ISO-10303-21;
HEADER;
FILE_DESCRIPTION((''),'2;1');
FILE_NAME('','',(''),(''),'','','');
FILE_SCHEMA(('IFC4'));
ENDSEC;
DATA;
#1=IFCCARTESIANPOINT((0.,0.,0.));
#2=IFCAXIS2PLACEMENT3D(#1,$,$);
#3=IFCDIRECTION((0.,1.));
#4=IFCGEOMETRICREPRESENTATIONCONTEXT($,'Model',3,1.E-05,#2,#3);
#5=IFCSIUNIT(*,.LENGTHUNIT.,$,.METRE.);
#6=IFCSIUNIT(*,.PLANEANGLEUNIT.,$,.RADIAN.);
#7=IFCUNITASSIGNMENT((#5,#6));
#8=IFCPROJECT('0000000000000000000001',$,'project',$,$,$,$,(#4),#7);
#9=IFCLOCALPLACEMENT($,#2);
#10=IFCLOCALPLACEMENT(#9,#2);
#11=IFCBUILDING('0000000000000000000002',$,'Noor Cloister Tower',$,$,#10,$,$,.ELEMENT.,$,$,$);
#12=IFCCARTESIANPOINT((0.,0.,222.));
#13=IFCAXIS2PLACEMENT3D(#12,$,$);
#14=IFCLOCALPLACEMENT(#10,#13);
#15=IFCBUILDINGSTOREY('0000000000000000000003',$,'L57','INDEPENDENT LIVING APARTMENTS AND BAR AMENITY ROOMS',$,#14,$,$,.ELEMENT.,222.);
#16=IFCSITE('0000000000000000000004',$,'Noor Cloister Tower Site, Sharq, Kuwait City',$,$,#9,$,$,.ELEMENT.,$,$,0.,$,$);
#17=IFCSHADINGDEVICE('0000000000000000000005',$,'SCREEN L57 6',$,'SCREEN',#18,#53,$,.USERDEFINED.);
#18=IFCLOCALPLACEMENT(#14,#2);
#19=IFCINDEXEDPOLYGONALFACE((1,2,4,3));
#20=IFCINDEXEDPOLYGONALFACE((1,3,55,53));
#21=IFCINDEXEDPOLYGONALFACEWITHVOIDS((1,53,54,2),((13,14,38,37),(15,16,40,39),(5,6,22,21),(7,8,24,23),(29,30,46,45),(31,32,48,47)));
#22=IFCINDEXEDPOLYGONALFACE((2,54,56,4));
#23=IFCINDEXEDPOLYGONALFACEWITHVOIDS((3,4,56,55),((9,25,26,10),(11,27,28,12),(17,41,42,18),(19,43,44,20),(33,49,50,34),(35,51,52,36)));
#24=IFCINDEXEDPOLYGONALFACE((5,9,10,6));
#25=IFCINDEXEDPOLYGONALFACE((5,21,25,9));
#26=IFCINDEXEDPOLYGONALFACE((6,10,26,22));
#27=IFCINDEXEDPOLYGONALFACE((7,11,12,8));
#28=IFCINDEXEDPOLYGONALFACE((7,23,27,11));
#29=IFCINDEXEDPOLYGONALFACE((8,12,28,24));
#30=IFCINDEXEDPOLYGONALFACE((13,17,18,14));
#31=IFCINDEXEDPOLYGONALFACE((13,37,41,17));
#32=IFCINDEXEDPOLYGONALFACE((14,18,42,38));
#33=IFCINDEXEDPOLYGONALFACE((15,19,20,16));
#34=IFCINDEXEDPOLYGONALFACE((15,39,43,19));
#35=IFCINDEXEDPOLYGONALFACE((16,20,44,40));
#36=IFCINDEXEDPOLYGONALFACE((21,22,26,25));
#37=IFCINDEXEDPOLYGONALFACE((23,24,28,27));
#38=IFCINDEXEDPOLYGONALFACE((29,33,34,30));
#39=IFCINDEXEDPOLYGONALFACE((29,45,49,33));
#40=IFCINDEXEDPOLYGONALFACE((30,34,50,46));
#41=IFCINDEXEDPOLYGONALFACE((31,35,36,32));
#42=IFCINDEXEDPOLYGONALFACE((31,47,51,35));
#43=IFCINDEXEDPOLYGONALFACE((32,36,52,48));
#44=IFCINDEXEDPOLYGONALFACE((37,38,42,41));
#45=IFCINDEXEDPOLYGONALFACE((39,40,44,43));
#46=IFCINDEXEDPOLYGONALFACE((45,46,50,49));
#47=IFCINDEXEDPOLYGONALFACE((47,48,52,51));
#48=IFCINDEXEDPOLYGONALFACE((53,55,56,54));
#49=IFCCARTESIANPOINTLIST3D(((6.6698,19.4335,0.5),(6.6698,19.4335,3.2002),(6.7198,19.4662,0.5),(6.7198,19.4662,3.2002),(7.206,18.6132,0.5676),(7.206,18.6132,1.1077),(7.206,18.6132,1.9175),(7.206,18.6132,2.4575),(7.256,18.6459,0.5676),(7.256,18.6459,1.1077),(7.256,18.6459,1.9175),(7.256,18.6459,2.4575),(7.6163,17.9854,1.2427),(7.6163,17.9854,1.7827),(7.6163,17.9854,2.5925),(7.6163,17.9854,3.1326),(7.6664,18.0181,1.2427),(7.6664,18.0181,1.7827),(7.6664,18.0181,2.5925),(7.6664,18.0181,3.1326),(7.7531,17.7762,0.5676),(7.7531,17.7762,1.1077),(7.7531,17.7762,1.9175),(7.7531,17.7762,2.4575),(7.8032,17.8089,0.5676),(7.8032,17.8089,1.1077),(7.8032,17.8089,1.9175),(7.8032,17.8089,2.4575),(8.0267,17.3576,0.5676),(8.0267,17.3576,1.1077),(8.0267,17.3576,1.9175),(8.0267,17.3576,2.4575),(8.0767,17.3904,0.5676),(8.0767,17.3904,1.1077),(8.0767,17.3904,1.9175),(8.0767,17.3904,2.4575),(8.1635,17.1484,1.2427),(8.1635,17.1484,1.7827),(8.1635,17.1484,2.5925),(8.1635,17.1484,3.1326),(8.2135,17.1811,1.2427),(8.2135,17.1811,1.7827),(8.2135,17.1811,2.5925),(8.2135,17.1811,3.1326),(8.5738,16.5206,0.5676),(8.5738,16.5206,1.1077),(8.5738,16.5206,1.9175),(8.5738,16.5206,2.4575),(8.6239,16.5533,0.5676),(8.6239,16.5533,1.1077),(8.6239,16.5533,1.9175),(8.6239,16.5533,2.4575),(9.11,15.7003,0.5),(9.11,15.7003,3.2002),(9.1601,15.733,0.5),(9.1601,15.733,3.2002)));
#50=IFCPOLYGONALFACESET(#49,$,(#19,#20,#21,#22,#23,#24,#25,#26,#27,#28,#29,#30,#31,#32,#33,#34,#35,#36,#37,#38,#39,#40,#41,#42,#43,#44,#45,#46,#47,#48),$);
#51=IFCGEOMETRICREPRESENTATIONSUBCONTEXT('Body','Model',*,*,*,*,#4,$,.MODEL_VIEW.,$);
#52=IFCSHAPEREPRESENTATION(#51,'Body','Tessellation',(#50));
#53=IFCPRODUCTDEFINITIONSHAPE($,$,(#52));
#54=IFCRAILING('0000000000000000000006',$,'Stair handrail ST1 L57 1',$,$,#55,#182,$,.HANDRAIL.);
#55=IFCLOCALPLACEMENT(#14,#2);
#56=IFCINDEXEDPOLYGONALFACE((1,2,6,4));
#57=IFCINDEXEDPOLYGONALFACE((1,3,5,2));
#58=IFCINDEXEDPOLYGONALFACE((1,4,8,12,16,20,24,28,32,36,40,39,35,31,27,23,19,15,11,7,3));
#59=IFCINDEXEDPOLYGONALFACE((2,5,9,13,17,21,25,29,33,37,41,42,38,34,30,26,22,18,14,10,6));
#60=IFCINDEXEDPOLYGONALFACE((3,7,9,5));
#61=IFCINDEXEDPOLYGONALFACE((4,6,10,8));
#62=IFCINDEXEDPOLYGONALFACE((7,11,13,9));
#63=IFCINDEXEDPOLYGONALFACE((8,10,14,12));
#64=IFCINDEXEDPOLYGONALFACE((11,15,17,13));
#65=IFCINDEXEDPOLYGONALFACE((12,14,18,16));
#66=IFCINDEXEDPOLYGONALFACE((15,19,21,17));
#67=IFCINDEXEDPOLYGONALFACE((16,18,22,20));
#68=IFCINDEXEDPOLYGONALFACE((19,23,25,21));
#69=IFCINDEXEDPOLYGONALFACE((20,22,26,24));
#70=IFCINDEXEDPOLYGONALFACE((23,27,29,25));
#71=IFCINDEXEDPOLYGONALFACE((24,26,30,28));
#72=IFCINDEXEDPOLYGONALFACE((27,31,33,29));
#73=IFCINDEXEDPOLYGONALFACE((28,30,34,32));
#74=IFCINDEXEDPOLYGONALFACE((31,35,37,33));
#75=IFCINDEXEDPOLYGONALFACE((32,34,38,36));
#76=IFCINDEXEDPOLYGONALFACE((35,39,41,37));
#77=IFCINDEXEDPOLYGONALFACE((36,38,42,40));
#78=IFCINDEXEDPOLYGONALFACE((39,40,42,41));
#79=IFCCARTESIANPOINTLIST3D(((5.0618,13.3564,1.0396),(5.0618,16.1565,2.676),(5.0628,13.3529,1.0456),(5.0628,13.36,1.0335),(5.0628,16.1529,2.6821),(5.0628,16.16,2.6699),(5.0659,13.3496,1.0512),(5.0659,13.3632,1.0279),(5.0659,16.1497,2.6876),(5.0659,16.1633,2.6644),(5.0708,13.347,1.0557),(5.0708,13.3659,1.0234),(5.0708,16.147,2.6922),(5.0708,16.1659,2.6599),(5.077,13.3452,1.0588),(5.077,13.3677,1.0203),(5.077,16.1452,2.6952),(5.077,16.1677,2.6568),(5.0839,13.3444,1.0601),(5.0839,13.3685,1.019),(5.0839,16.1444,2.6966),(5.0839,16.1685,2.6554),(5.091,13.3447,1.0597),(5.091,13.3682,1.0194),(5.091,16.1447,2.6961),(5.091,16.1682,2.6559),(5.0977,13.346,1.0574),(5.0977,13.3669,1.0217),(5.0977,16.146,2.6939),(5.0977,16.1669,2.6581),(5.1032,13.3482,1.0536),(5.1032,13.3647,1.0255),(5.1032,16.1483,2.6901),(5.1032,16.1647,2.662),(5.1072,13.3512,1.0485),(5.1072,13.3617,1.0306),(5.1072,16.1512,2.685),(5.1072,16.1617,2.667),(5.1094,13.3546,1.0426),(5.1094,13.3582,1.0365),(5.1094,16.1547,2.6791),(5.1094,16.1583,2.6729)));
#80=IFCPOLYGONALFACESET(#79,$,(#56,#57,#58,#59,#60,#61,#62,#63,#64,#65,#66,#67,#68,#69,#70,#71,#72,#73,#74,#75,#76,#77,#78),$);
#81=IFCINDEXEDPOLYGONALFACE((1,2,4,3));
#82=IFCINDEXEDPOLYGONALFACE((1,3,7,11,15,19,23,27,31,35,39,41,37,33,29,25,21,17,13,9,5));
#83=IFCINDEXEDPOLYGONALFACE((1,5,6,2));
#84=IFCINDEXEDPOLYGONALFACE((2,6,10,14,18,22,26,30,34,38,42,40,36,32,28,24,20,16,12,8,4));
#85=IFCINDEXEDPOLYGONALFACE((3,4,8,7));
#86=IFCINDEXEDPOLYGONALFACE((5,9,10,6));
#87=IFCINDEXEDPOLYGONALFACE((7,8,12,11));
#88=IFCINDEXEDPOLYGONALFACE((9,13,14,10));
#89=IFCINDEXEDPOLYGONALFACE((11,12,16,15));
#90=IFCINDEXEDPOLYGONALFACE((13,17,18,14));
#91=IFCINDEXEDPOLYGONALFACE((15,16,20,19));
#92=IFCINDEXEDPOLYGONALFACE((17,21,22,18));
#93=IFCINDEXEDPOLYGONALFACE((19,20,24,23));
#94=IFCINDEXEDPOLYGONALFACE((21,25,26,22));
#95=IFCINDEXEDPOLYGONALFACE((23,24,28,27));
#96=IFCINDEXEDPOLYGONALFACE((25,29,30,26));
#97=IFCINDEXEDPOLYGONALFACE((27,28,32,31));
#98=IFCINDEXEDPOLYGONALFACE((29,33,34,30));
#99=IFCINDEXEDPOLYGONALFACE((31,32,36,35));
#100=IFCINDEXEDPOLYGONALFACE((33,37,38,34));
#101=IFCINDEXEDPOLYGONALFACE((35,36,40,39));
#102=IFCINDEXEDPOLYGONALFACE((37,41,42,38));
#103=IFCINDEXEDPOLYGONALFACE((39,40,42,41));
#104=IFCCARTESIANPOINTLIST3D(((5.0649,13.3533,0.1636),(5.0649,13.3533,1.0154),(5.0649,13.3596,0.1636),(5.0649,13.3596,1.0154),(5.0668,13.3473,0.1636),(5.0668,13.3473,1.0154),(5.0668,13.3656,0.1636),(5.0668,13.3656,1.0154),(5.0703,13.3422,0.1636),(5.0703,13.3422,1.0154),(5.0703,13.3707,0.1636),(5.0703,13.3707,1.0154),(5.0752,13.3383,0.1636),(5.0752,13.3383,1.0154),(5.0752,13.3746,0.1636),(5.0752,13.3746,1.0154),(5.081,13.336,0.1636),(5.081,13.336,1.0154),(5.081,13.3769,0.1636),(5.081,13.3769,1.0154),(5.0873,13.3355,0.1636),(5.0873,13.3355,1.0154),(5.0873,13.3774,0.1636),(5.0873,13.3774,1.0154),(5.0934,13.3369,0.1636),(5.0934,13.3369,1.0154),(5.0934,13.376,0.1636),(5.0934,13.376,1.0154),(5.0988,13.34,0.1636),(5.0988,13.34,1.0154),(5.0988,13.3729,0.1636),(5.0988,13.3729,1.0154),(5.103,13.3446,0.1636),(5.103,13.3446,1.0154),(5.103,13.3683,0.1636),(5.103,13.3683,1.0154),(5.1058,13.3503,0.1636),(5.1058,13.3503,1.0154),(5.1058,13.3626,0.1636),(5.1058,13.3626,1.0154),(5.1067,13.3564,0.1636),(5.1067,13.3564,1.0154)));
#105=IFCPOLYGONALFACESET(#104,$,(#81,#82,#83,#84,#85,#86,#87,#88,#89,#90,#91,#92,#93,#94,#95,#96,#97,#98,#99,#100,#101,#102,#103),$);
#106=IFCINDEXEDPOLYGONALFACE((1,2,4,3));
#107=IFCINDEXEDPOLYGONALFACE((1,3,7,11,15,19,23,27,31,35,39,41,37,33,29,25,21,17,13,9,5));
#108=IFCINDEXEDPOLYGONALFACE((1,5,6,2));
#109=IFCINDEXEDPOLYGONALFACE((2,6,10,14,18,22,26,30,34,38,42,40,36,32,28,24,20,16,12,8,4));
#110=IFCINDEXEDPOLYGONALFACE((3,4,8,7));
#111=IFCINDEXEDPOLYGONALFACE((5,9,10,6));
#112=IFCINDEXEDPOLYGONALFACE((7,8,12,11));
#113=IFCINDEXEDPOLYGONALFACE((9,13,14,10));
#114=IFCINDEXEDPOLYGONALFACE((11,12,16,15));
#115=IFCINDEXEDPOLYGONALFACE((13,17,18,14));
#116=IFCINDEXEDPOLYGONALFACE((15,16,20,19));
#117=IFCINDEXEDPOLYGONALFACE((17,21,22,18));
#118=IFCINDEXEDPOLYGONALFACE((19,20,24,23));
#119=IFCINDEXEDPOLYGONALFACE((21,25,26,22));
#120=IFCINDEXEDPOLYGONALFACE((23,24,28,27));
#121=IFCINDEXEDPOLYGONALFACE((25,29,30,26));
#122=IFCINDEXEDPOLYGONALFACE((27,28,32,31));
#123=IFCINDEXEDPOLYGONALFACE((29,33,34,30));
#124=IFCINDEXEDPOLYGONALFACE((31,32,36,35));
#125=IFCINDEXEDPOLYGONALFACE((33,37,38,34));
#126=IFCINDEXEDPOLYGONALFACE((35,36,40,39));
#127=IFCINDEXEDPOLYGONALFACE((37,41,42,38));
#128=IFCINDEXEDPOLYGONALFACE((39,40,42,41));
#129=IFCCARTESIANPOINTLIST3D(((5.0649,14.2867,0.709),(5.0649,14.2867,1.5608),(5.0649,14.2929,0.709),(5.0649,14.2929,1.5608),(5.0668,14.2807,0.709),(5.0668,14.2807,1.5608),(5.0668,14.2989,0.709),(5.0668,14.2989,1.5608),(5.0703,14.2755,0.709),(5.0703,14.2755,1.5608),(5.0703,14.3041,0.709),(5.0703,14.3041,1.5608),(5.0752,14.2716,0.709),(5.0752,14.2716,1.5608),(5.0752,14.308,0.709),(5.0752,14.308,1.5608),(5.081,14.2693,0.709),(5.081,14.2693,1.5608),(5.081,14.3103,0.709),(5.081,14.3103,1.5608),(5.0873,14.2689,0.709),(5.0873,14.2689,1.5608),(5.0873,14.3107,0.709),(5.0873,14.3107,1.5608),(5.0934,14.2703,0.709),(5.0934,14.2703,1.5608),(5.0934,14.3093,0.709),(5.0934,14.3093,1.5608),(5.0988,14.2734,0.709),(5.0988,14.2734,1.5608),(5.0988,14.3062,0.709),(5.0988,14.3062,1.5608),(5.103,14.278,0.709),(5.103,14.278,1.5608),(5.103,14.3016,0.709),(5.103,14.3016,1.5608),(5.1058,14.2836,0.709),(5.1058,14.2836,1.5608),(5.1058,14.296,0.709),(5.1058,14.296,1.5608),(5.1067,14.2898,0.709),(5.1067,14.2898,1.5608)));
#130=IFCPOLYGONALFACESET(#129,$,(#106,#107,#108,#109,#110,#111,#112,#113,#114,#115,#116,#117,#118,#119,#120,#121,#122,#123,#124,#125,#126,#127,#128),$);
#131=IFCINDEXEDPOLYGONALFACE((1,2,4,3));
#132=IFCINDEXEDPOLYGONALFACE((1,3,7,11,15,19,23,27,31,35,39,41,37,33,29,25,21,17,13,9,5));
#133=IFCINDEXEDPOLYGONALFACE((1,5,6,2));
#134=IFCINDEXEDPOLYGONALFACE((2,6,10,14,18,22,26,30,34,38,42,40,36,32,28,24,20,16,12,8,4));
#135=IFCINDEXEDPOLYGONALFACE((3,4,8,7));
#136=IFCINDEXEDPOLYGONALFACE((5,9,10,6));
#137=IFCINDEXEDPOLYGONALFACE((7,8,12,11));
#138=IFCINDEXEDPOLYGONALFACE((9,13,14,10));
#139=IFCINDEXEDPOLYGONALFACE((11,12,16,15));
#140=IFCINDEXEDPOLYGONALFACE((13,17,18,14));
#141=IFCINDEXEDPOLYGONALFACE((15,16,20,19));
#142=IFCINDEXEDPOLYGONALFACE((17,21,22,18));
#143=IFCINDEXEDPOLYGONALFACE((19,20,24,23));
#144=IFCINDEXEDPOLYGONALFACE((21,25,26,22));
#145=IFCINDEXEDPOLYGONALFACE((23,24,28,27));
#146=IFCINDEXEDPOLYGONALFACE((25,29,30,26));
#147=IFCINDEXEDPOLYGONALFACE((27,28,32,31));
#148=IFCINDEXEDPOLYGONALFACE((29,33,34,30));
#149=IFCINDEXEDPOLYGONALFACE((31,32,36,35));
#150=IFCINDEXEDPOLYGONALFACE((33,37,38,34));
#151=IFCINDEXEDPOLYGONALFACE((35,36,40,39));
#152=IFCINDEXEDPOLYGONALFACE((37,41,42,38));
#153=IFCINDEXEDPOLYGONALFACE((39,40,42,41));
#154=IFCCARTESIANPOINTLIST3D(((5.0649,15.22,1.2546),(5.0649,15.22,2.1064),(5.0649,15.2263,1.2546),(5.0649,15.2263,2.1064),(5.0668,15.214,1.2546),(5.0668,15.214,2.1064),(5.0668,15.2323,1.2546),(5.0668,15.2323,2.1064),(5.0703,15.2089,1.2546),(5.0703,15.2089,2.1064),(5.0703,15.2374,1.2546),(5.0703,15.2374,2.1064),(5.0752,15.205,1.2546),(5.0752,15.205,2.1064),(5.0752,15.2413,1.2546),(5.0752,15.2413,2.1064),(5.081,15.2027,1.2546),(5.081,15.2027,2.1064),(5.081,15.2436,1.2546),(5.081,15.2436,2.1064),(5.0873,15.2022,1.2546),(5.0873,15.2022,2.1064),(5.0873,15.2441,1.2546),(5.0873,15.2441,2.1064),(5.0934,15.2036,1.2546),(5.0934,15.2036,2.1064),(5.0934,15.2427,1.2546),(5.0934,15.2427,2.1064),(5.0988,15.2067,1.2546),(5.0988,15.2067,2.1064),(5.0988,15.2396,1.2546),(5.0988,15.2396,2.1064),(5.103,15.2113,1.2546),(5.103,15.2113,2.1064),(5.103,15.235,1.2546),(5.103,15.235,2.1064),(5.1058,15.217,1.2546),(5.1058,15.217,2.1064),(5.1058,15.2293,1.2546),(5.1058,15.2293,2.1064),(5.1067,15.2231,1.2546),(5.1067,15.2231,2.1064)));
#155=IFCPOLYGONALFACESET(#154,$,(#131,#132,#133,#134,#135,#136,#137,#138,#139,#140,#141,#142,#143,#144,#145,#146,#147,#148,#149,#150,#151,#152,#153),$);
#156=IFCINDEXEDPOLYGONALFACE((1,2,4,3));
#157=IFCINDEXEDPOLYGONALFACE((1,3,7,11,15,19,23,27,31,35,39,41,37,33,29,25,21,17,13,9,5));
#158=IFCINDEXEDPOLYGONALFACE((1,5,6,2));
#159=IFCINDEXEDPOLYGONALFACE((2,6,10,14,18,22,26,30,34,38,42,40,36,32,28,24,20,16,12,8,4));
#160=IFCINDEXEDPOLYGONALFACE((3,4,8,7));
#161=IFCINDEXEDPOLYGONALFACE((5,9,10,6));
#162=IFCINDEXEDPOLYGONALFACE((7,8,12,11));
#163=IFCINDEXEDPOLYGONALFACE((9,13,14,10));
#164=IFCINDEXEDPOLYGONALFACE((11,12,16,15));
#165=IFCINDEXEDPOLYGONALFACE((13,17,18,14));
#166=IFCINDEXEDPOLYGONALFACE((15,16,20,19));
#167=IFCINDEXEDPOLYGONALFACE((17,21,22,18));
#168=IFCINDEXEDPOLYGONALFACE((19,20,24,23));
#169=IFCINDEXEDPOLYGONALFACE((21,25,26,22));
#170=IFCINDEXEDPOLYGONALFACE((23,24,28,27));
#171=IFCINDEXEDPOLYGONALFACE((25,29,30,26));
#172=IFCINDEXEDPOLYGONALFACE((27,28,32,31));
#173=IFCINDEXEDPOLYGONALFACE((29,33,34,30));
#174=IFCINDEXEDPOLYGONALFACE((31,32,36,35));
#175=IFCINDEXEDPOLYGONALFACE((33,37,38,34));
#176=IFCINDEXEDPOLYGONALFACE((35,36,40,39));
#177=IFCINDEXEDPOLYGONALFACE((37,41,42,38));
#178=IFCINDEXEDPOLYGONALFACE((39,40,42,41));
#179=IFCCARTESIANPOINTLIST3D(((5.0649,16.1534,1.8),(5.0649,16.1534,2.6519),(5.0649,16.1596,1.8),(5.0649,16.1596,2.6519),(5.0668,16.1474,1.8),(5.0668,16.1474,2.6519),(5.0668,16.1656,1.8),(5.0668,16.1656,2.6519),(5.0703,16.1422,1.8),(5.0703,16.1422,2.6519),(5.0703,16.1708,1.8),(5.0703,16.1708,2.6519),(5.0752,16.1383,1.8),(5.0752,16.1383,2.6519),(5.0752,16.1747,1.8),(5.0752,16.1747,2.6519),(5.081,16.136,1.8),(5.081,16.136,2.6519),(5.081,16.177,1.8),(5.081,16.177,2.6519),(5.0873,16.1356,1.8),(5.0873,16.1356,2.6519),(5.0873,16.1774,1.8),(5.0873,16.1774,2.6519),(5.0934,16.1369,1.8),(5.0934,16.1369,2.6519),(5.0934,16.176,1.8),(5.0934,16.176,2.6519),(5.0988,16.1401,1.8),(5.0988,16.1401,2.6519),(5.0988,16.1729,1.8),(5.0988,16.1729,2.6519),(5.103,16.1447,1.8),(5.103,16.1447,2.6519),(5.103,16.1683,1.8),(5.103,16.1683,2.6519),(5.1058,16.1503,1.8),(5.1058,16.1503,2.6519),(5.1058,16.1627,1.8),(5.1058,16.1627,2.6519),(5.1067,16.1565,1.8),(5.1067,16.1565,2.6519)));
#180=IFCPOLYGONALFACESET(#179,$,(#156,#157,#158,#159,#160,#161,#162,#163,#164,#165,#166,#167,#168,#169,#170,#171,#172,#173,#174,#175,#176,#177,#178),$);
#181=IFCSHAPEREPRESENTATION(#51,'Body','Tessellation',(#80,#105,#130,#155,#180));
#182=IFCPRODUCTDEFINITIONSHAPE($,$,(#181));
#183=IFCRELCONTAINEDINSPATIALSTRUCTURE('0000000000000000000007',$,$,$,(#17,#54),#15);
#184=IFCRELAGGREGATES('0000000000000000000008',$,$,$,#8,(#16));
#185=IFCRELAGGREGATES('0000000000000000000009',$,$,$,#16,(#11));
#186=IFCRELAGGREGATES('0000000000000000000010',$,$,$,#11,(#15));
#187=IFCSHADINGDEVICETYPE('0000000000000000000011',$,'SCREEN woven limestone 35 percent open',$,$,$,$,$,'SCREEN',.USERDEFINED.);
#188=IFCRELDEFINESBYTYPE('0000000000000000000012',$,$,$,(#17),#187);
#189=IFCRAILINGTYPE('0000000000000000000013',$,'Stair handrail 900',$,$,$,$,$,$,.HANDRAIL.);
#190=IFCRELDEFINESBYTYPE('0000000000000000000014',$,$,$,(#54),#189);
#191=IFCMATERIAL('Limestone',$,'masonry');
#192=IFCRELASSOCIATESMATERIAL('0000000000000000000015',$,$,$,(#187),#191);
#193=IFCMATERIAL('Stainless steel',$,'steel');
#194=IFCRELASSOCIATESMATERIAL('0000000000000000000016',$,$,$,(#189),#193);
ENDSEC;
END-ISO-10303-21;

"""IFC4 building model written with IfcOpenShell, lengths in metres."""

from ifc_helpers import new_model, si_unit, direction, frame, origin, origin_2d, place, context, subcontext, project, spatial, polyline, circle, outline, extrude, material, material_profile, profile_set, type_object, element, save


model = new_model("IFC4")

# Units and contexts
model_context = context("Model", 3, precision=1e-05, world=origin(), true_north=direction((0.0, 1.0)))
body_context = subcontext(model_context, "Body", "Model", "MODEL_VIEW")
ifc_project = project(units=[si_unit("LENGTHUNIT", "METRE"), si_unit("PLANEANGLEUNIT", "RADIAN")], contexts=[model_context])

# Site, building, storey
site_placement = place(None, origin())
site = spatial("IfcSite", under=ifc_project, at=site_placement, Name="Noor Cloister Tower Site, Sharq, Kuwait City", CompositionType="ELEMENT", RefElevation=0.0)
building_placement = place(site_placement, origin())
building = spatial("IfcBuilding", under=site, at=building_placement, Name="Noor Cloister Tower", CompositionType="ELEMENT")
storey_placement = place(building_placement, frame((0.0, 0.0, 222.0)))
storey = spatial("IfcBuildingStorey", under=building, at=storey_placement, Name="L57", Description="INDEPENDENT LIVING APARTMENTS AND BAR AMENITY ROOMS", CompositionType="ELEMENT", Elevation=222.0)

# Shading device
ifc_material_1 = material(Name="Limestone", Category="masonry")
ifc_material_profile_1 = material_profile(ifc_material_1, outline(polyline([(-2.23, -1.3501), (2.23, -1.3501), (2.23, 1.3501), (-2.23, 1.3501), (-2.23, -1.3501)]), holes=[polyline([(-1.25, -1.2825), (-0.25, -1.2825), (-0.25, -0.7424), (-1.25, -0.7424), (-1.25, -1.2825)]), polyline([(0.25, -1.2825), (1.25, -1.2825), (1.25, -0.7424), (0.25, -0.7424), (0.25, -1.2825)]), polyline([(-0.5, -0.6074), (0.5, -0.6074), (0.5, -0.0674), (-0.5, -0.0674), (-0.5, -0.6074)]), polyline([(-1.25, 0.0674), (-0.25, 0.0674), (-0.25, 0.6074), (-1.25, 0.6074), (-1.25, 0.0674)]), polyline([(0.25, 0.0674), (1.25, 0.0674), (1.25, 0.6074), (0.25, 0.6074), (0.25, 0.0674)]), polyline([(-0.5, 0.7424), (0.5, 0.7424), (0.5, 1.2825), (-0.5, 1.2825), (-0.5, 0.7424)])]), Name="Woven screen 35 percent open")
ifc_profile_set_1 = profile_set([ifc_material_profile_1], Name="Limestone")
shading_device_type = type_object("IfcShadingDeviceType", Name="SCREEN woven limestone 35 percent open", ElementType="SCREEN", PredefinedType="USERDEFINED", material=ifc_profile_set_1)
shading_device_1_placement = place(storey_placement, frame((7.8899, 17.5669, 1.8501), z_axis=(0.837042, 0.547139, 0.0), x_axis=(-0.547139, 0.837042, 0.0)))
element("IfcShadingDevice", 1, at=shading_device_1_placement, inside=storey, type_object=shading_device_type, Name="SCREEN L57 6", ObjectType="SCREEN", PredefinedType="USERDEFINED", context=body_context, shape_type="SweptSolid", body=[
    extrude(outline(polyline([(-2.23, -1.3501), (2.23, -1.3501), (2.23, 1.3501), (-2.23, 1.3501), (-2.23, -1.3501)]), holes=[polyline([(-1.25, -1.2825), (-0.25, -1.2825), (-0.25, -0.7424), (-1.25, -0.7424), (-1.25, -1.2825)]), polyline([(0.25, -1.2825), (1.25, -1.2825), (1.25, -0.7424), (0.25, -0.7424), (0.25, -1.2825)]), polyline([(-0.5, -0.6074), (0.5, -0.6074), (0.5, -0.0674), (-0.5, -0.0674), (-0.5, -0.6074)]), polyline([(-1.25, 0.0674), (-0.25, 0.0674), (-0.25, 0.6074), (-1.25, 0.6074), (-1.25, 0.0674)]), polyline([(0.25, 0.0674), (1.25, 0.0674), (1.25, 0.6074), (0.25, 0.6074), (0.25, 0.0674)]), polyline([(-0.5, 0.7424), (0.5, 0.7424), (0.5, 1.2825), (-0.5, 1.2825), (-0.5, 0.7424)])]), origin(), (0.0, 0.0, 1.0), 0.0598),
])

# Railing
ifc_material_2 = material(Name="Stainless steel", Category="steel")
railing_type_1 = type_object("IfcRailingType", Name="Stair handrail 900", PredefinedType="HANDRAIL", material=ifc_material_2)
railing_1_placement = place(storey_placement, frame((5.0857, 13.3564, 0.1636)))
element("IfcRailing", 2, at=railing_1_placement, inside=storey, type_object=railing_type_1, Name="Stair handrail ST1 L57 1", PredefinedType="HANDRAIL", context=body_context, shape_type="SweptSolid", body=[
    extrude(circle(Radius=0.0239, at=origin_2d()), frame((0.0, 0.0, 0.876), z_axis=(0.0, 0.863361, 0.504587), x_axis=(-1.0, 0.0, 0.0)), (0.0, 0.0, 1.0), 3.2432),
    extrude(circle(Radius=0.021, at=origin_2d()), origin(), (0.0, 0.0, 1.0), 0.8518),
    extrude(circle(Radius=0.021, at=origin_2d()), frame((0.0, 0.9333, 0.5454)), (0.0, 0.0, 1.0), 0.8518),
    extrude(circle(Radius=0.021, at=origin_2d()), frame((0.0, 1.8667, 1.0911)), (0.0, 0.0, 1.0), 0.8518),
    extrude(circle(Radius=0.021, at=origin_2d()), frame((0.0, 2.8, 1.6365)), (0.0, 0.0, 1.0), 0.8518),
])

save(model, "model.ifc")
